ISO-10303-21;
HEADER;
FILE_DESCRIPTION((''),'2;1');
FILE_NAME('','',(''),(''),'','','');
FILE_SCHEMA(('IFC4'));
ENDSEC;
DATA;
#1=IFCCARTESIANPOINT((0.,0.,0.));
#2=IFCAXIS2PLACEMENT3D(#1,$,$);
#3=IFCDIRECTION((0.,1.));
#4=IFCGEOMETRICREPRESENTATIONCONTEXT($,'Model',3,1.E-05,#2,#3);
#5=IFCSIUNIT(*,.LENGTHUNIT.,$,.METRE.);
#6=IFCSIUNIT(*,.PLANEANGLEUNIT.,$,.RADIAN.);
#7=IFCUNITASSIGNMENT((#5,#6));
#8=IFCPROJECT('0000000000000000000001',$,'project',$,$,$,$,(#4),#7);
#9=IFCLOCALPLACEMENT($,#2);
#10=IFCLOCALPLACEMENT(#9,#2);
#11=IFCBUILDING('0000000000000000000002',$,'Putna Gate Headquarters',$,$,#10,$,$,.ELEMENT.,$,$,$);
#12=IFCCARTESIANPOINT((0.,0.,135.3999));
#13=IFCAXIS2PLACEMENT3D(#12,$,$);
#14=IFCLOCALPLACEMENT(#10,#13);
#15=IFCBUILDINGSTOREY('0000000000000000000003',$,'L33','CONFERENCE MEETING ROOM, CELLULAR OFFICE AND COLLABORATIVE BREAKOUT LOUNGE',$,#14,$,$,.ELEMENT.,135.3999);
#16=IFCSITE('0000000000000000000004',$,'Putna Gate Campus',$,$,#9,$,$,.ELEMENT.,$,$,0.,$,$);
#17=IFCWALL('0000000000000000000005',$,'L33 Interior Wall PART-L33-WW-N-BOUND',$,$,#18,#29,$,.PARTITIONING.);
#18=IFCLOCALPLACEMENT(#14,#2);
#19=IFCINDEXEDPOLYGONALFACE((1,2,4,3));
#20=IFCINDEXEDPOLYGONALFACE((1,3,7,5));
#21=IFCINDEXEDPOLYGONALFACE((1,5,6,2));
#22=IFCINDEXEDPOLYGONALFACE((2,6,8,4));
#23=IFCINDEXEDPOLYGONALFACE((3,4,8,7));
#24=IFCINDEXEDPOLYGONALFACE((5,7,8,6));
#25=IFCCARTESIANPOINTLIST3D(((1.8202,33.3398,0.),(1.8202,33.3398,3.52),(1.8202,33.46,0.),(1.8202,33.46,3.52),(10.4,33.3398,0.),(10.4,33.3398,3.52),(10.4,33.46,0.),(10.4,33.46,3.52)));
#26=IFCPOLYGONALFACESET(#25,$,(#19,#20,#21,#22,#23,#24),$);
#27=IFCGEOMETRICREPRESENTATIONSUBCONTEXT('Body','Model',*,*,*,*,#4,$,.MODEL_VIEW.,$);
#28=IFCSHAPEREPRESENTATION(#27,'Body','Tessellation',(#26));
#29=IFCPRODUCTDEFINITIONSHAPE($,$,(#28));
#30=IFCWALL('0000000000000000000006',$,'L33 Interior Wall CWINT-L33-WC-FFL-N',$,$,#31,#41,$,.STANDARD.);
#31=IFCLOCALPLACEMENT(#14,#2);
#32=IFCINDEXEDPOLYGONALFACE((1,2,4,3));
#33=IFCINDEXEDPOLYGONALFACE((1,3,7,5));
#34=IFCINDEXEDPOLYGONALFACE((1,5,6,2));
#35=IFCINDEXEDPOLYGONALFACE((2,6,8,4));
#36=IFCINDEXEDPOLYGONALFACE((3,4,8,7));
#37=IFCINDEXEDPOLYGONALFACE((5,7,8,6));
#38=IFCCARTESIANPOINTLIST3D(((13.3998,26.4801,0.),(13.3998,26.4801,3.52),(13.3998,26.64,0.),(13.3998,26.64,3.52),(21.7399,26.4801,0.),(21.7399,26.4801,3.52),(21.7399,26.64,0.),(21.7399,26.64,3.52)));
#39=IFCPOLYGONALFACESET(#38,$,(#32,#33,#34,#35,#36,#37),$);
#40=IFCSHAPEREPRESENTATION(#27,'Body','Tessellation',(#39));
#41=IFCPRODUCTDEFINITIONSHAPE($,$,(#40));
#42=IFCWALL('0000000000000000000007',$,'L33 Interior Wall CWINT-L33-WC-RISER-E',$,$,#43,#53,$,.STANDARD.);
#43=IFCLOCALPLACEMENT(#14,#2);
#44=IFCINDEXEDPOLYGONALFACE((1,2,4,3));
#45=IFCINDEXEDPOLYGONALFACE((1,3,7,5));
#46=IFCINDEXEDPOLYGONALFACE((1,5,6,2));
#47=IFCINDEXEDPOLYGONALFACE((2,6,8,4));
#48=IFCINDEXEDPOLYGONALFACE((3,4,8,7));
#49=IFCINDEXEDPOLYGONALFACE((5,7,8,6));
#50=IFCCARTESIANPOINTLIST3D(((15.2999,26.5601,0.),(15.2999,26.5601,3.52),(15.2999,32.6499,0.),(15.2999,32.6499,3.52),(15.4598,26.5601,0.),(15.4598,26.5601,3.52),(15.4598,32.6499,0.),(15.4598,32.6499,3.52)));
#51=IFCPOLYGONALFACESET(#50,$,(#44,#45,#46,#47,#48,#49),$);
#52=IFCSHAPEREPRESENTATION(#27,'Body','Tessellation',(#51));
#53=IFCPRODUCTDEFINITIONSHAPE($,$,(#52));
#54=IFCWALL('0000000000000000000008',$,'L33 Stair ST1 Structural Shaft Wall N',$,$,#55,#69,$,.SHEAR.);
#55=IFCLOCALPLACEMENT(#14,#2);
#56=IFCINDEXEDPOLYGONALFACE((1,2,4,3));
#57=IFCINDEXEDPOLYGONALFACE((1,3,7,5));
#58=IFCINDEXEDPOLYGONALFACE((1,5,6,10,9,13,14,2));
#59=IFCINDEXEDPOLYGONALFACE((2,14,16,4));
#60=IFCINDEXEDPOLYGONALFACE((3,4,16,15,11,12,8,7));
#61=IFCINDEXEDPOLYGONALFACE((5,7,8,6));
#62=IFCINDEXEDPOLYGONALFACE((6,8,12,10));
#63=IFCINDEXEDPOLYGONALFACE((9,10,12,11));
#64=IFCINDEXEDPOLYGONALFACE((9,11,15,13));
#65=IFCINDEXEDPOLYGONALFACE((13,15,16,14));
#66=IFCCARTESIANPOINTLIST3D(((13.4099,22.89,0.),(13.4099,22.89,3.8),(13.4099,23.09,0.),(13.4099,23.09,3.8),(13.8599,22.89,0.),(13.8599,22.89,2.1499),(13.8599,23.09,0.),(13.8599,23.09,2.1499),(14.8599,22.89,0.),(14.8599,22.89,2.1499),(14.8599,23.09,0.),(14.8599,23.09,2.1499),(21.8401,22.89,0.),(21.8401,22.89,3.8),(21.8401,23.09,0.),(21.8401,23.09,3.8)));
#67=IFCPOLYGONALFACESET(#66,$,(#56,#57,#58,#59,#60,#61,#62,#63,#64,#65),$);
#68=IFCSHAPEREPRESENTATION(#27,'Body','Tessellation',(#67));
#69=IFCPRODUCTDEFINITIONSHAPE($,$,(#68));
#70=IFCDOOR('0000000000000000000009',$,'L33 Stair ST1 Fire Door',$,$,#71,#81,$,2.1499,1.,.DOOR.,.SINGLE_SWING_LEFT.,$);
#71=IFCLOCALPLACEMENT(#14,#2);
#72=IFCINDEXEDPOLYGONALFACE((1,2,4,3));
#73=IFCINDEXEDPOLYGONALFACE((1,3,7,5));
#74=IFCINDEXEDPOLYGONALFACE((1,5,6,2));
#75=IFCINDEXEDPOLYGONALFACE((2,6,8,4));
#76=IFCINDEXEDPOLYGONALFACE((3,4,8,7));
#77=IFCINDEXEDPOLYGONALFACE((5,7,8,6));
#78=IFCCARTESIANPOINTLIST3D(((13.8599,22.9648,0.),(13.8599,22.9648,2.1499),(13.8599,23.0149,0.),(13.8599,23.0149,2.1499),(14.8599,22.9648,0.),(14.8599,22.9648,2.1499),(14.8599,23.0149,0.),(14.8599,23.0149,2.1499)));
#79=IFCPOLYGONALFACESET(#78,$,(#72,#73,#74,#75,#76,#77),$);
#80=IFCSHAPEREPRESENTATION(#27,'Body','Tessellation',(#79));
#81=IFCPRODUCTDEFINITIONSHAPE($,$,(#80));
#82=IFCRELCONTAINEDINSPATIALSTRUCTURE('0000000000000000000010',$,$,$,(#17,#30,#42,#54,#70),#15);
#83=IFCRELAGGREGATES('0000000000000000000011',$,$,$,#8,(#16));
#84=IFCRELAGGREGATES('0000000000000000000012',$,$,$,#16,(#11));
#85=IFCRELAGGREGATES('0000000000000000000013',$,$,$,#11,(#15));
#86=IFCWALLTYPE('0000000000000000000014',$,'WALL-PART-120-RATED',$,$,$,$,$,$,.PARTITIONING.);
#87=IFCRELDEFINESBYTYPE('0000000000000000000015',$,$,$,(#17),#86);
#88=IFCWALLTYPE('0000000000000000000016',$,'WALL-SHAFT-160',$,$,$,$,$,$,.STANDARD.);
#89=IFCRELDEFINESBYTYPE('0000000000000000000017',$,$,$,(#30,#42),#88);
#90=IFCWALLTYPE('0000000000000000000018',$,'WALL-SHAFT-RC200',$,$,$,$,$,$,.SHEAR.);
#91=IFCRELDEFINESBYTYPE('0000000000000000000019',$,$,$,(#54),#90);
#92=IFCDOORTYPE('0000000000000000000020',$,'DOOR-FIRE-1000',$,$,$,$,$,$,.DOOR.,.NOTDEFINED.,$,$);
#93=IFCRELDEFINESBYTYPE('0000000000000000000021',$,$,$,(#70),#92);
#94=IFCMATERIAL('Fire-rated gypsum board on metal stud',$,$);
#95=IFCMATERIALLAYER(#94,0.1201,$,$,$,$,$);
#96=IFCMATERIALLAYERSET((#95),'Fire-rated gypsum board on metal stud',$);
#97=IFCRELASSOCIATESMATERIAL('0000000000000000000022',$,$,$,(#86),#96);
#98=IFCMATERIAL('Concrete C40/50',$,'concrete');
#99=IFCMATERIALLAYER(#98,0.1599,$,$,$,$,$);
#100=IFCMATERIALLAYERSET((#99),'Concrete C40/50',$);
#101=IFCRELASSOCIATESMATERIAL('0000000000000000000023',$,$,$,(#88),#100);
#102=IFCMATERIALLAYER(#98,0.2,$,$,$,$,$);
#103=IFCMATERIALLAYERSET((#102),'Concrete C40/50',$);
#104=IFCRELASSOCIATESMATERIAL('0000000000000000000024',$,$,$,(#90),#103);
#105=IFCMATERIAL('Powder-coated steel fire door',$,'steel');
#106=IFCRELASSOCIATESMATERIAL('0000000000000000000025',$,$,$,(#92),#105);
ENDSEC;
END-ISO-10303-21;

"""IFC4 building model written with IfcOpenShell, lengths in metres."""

from ifc_helpers import new_model, si_unit, direction, frame, frame_2d, origin, place, context, subcontext, project, spatial, rectangle, extrude, material, layer, layer_set, type_object, element, fill, save


model = new_model("IFC4")

# Units and contexts
model_context = context("Model", 3, precision=1e-05, world=origin(), true_north=direction((0.0, 1.0)))
body_context = subcontext(model_context, "Body", "Model", "MODEL_VIEW")
ifc_project = project(units=[si_unit("LENGTHUNIT", "METRE"), si_unit("PLANEANGLEUNIT", "RADIAN")], contexts=[model_context])

# Site, building, storey
site_placement = place(None, origin())
site = spatial("IfcSite", under=ifc_project, at=site_placement, Name="Putna Gate Campus", CompositionType="ELEMENT", RefElevation=0.0)
building_placement = place(site_placement, origin())
building = spatial("IfcBuilding", under=site, at=building_placement, Name="Putna Gate Headquarters", CompositionType="ELEMENT")
storey_placement = place(building_placement, frame((0.0, 0.0, 135.3999)))
storey = spatial("IfcBuildingStorey", under=building, at=storey_placement, Name="L33", Description="CONFERENCE MEETING ROOM, CELLULAR OFFICE AND COLLABORATIVE BREAKOUT LOUNGE", CompositionType="ELEMENT", Elevation=135.3999)

# Shared definitions
ifc_material_1 = material(Name="Fire-rated gypsum board on metal stud")
ifc_layer_1 = layer(ifc_material_1, 0.1201)
ifc_layer_set_1 = layer_set([ifc_layer_1], Name="Fire-rated gypsum board on metal stud")
wall_type_1 = type_object("IfcWallType", Name="WALL-PART-120-RATED", PredefinedType="PARTITIONING", material=ifc_layer_set_1)

# Walls
wall_1_placement = place(storey_placement, frame((1.8201, 33.3999, 0.0), z_axis=(0.0, 0.0, 1.0), x_axis=(1.0, 0.0, 0.0)))
element("IfcWall", 1, at=wall_1_placement, inside=storey, type_object=wall_type_1, Name="L33 Interior Wall PART-L33-WW-N-BOUND", PredefinedType="PARTITIONING", context=body_context, shape_type="SweptSolid", body=[
    extrude(rectangle(XDim=8.5798, YDim=0.1201, at=frame_2d((4.29, 0.0))), origin(), (0.0, 0.0, 1.0), 3.52),
])
ifc_material_2 = material(Name="Concrete C40/50", Category="concrete")
ifc_layer_2 = layer(ifc_material_2, 0.1599)
ifc_layer_set_2 = layer_set([ifc_layer_2], Name="Concrete C40/50")
wall_type_2 = type_object("IfcWallType", Name="WALL-SHAFT-160", PredefinedType="STANDARD", material=ifc_layer_set_2)
wall_2_placement = place(storey_placement, frame((13.3999, 26.5601, 0.0), z_axis=(0.0, 0.0, 1.0), x_axis=(1.0, 0.0, 0.0)))
element("IfcWall", 2, at=wall_2_placement, inside=storey, type_object=wall_type_2, Name="L33 Interior Wall CWINT-L33-WC-FFL-N", PredefinedType="STANDARD", context=body_context, shape_type="SweptSolid", body=[
    extrude(rectangle(XDim=8.3401, YDim=0.1599, at=frame_2d((4.1699, 0.0))), origin(), (0.0, 0.0, 1.0), 3.52),
])
wall_3_placement = place(storey_placement, frame((15.3799, 26.5601, 0.0), z_axis=(0.0, 0.0, 1.0), x_axis=(0.0, 1.0, 0.0)))
element("IfcWall", 3, at=wall_3_placement, inside=storey, type_object=wall_type_2, Name="L33 Interior Wall CWINT-L33-WC-RISER-E", PredefinedType="STANDARD", context=body_context, shape_type="SweptSolid", body=[
    extrude(rectangle(XDim=6.0898, YDim=0.1599, at=frame_2d((3.0449, 0.0))), origin(), (0.0, 0.0, 1.0), 3.52),
])

# Wall, opening, door
ifc_layer_3 = layer(ifc_material_2, 0.2)
ifc_layer_set_3 = layer_set([ifc_layer_3], Name="Concrete C40/50")
wall_type_3 = type_object("IfcWallType", Name="WALL-SHAFT-RC200", PredefinedType="SHEAR", material=ifc_layer_set_3)
wall_4_placement = place(storey_placement, frame((13.4099, 22.99, 0.0), z_axis=(0.0, 0.0, 1.0), x_axis=(1.0, 0.0, 0.0)))
wall_4 = element("IfcWall", 4, at=wall_4_placement, inside=storey, type_object=wall_type_3, Name="L33 Stair ST1 Structural Shaft Wall N", PredefinedType="SHEAR", context=body_context, shape_type="SweptSolid", body=[
    extrude(rectangle(XDim=8.4302, YDim=0.2, at=frame_2d((4.2151, 0.0))), origin(), (0.0, 0.0, 1.0), 3.8),
])
opening_1_placement = place(wall_4_placement, frame((0.45, 0.0, 0.0)))
opening_1 = element("IfcOpeningElement", 5, at=opening_1_placement, cuts=wall_4, PredefinedType="OPENING", context=body_context, shape_type="SweptSolid", body=[
    extrude(rectangle(XDim=1.0, YDim=2.1499, at=frame_2d((0.5, 1.075))), frame((0.0, 0.1099, 0.0), z_axis=(0.0, -1.0, 0.0), x_axis=(1.0, 0.0, 0.0)), (0.0, 0.0, 1.0), 0.22),
])
ifc_material_3 = material(Name="Powder-coated steel fire door", Category="steel")
door_type_1 = type_object("IfcDoorType", Name="DOOR-FIRE-1000", OperationType="NOTDEFINED", PredefinedType="DOOR", material=ifc_material_3)
door_1_placement = place(opening_1_placement, origin())
door_1 = element("IfcDoor", 6, at=door_1_placement, inside=storey, type_object=door_type_1, Name="L33 Stair ST1 Fire Door", OperationType="SINGLE_SWING_LEFT", OverallHeight=2.1499, OverallWidth=1.0, PredefinedType="DOOR", context=body_context, shape_type="SweptSolid", body=[
    extrude(rectangle(XDim=1.0, YDim=2.1499, at=frame_2d((0.5, 1.075))), frame((0.0, 0.0249, 0.0), z_axis=(0.0, -1.0, 0.0), x_axis=(1.0, 0.0, 0.0)), (0.0, 0.0, 1.0), 0.05),
])
fill(opening_1, door_1)

save(model, "model.ifc")
